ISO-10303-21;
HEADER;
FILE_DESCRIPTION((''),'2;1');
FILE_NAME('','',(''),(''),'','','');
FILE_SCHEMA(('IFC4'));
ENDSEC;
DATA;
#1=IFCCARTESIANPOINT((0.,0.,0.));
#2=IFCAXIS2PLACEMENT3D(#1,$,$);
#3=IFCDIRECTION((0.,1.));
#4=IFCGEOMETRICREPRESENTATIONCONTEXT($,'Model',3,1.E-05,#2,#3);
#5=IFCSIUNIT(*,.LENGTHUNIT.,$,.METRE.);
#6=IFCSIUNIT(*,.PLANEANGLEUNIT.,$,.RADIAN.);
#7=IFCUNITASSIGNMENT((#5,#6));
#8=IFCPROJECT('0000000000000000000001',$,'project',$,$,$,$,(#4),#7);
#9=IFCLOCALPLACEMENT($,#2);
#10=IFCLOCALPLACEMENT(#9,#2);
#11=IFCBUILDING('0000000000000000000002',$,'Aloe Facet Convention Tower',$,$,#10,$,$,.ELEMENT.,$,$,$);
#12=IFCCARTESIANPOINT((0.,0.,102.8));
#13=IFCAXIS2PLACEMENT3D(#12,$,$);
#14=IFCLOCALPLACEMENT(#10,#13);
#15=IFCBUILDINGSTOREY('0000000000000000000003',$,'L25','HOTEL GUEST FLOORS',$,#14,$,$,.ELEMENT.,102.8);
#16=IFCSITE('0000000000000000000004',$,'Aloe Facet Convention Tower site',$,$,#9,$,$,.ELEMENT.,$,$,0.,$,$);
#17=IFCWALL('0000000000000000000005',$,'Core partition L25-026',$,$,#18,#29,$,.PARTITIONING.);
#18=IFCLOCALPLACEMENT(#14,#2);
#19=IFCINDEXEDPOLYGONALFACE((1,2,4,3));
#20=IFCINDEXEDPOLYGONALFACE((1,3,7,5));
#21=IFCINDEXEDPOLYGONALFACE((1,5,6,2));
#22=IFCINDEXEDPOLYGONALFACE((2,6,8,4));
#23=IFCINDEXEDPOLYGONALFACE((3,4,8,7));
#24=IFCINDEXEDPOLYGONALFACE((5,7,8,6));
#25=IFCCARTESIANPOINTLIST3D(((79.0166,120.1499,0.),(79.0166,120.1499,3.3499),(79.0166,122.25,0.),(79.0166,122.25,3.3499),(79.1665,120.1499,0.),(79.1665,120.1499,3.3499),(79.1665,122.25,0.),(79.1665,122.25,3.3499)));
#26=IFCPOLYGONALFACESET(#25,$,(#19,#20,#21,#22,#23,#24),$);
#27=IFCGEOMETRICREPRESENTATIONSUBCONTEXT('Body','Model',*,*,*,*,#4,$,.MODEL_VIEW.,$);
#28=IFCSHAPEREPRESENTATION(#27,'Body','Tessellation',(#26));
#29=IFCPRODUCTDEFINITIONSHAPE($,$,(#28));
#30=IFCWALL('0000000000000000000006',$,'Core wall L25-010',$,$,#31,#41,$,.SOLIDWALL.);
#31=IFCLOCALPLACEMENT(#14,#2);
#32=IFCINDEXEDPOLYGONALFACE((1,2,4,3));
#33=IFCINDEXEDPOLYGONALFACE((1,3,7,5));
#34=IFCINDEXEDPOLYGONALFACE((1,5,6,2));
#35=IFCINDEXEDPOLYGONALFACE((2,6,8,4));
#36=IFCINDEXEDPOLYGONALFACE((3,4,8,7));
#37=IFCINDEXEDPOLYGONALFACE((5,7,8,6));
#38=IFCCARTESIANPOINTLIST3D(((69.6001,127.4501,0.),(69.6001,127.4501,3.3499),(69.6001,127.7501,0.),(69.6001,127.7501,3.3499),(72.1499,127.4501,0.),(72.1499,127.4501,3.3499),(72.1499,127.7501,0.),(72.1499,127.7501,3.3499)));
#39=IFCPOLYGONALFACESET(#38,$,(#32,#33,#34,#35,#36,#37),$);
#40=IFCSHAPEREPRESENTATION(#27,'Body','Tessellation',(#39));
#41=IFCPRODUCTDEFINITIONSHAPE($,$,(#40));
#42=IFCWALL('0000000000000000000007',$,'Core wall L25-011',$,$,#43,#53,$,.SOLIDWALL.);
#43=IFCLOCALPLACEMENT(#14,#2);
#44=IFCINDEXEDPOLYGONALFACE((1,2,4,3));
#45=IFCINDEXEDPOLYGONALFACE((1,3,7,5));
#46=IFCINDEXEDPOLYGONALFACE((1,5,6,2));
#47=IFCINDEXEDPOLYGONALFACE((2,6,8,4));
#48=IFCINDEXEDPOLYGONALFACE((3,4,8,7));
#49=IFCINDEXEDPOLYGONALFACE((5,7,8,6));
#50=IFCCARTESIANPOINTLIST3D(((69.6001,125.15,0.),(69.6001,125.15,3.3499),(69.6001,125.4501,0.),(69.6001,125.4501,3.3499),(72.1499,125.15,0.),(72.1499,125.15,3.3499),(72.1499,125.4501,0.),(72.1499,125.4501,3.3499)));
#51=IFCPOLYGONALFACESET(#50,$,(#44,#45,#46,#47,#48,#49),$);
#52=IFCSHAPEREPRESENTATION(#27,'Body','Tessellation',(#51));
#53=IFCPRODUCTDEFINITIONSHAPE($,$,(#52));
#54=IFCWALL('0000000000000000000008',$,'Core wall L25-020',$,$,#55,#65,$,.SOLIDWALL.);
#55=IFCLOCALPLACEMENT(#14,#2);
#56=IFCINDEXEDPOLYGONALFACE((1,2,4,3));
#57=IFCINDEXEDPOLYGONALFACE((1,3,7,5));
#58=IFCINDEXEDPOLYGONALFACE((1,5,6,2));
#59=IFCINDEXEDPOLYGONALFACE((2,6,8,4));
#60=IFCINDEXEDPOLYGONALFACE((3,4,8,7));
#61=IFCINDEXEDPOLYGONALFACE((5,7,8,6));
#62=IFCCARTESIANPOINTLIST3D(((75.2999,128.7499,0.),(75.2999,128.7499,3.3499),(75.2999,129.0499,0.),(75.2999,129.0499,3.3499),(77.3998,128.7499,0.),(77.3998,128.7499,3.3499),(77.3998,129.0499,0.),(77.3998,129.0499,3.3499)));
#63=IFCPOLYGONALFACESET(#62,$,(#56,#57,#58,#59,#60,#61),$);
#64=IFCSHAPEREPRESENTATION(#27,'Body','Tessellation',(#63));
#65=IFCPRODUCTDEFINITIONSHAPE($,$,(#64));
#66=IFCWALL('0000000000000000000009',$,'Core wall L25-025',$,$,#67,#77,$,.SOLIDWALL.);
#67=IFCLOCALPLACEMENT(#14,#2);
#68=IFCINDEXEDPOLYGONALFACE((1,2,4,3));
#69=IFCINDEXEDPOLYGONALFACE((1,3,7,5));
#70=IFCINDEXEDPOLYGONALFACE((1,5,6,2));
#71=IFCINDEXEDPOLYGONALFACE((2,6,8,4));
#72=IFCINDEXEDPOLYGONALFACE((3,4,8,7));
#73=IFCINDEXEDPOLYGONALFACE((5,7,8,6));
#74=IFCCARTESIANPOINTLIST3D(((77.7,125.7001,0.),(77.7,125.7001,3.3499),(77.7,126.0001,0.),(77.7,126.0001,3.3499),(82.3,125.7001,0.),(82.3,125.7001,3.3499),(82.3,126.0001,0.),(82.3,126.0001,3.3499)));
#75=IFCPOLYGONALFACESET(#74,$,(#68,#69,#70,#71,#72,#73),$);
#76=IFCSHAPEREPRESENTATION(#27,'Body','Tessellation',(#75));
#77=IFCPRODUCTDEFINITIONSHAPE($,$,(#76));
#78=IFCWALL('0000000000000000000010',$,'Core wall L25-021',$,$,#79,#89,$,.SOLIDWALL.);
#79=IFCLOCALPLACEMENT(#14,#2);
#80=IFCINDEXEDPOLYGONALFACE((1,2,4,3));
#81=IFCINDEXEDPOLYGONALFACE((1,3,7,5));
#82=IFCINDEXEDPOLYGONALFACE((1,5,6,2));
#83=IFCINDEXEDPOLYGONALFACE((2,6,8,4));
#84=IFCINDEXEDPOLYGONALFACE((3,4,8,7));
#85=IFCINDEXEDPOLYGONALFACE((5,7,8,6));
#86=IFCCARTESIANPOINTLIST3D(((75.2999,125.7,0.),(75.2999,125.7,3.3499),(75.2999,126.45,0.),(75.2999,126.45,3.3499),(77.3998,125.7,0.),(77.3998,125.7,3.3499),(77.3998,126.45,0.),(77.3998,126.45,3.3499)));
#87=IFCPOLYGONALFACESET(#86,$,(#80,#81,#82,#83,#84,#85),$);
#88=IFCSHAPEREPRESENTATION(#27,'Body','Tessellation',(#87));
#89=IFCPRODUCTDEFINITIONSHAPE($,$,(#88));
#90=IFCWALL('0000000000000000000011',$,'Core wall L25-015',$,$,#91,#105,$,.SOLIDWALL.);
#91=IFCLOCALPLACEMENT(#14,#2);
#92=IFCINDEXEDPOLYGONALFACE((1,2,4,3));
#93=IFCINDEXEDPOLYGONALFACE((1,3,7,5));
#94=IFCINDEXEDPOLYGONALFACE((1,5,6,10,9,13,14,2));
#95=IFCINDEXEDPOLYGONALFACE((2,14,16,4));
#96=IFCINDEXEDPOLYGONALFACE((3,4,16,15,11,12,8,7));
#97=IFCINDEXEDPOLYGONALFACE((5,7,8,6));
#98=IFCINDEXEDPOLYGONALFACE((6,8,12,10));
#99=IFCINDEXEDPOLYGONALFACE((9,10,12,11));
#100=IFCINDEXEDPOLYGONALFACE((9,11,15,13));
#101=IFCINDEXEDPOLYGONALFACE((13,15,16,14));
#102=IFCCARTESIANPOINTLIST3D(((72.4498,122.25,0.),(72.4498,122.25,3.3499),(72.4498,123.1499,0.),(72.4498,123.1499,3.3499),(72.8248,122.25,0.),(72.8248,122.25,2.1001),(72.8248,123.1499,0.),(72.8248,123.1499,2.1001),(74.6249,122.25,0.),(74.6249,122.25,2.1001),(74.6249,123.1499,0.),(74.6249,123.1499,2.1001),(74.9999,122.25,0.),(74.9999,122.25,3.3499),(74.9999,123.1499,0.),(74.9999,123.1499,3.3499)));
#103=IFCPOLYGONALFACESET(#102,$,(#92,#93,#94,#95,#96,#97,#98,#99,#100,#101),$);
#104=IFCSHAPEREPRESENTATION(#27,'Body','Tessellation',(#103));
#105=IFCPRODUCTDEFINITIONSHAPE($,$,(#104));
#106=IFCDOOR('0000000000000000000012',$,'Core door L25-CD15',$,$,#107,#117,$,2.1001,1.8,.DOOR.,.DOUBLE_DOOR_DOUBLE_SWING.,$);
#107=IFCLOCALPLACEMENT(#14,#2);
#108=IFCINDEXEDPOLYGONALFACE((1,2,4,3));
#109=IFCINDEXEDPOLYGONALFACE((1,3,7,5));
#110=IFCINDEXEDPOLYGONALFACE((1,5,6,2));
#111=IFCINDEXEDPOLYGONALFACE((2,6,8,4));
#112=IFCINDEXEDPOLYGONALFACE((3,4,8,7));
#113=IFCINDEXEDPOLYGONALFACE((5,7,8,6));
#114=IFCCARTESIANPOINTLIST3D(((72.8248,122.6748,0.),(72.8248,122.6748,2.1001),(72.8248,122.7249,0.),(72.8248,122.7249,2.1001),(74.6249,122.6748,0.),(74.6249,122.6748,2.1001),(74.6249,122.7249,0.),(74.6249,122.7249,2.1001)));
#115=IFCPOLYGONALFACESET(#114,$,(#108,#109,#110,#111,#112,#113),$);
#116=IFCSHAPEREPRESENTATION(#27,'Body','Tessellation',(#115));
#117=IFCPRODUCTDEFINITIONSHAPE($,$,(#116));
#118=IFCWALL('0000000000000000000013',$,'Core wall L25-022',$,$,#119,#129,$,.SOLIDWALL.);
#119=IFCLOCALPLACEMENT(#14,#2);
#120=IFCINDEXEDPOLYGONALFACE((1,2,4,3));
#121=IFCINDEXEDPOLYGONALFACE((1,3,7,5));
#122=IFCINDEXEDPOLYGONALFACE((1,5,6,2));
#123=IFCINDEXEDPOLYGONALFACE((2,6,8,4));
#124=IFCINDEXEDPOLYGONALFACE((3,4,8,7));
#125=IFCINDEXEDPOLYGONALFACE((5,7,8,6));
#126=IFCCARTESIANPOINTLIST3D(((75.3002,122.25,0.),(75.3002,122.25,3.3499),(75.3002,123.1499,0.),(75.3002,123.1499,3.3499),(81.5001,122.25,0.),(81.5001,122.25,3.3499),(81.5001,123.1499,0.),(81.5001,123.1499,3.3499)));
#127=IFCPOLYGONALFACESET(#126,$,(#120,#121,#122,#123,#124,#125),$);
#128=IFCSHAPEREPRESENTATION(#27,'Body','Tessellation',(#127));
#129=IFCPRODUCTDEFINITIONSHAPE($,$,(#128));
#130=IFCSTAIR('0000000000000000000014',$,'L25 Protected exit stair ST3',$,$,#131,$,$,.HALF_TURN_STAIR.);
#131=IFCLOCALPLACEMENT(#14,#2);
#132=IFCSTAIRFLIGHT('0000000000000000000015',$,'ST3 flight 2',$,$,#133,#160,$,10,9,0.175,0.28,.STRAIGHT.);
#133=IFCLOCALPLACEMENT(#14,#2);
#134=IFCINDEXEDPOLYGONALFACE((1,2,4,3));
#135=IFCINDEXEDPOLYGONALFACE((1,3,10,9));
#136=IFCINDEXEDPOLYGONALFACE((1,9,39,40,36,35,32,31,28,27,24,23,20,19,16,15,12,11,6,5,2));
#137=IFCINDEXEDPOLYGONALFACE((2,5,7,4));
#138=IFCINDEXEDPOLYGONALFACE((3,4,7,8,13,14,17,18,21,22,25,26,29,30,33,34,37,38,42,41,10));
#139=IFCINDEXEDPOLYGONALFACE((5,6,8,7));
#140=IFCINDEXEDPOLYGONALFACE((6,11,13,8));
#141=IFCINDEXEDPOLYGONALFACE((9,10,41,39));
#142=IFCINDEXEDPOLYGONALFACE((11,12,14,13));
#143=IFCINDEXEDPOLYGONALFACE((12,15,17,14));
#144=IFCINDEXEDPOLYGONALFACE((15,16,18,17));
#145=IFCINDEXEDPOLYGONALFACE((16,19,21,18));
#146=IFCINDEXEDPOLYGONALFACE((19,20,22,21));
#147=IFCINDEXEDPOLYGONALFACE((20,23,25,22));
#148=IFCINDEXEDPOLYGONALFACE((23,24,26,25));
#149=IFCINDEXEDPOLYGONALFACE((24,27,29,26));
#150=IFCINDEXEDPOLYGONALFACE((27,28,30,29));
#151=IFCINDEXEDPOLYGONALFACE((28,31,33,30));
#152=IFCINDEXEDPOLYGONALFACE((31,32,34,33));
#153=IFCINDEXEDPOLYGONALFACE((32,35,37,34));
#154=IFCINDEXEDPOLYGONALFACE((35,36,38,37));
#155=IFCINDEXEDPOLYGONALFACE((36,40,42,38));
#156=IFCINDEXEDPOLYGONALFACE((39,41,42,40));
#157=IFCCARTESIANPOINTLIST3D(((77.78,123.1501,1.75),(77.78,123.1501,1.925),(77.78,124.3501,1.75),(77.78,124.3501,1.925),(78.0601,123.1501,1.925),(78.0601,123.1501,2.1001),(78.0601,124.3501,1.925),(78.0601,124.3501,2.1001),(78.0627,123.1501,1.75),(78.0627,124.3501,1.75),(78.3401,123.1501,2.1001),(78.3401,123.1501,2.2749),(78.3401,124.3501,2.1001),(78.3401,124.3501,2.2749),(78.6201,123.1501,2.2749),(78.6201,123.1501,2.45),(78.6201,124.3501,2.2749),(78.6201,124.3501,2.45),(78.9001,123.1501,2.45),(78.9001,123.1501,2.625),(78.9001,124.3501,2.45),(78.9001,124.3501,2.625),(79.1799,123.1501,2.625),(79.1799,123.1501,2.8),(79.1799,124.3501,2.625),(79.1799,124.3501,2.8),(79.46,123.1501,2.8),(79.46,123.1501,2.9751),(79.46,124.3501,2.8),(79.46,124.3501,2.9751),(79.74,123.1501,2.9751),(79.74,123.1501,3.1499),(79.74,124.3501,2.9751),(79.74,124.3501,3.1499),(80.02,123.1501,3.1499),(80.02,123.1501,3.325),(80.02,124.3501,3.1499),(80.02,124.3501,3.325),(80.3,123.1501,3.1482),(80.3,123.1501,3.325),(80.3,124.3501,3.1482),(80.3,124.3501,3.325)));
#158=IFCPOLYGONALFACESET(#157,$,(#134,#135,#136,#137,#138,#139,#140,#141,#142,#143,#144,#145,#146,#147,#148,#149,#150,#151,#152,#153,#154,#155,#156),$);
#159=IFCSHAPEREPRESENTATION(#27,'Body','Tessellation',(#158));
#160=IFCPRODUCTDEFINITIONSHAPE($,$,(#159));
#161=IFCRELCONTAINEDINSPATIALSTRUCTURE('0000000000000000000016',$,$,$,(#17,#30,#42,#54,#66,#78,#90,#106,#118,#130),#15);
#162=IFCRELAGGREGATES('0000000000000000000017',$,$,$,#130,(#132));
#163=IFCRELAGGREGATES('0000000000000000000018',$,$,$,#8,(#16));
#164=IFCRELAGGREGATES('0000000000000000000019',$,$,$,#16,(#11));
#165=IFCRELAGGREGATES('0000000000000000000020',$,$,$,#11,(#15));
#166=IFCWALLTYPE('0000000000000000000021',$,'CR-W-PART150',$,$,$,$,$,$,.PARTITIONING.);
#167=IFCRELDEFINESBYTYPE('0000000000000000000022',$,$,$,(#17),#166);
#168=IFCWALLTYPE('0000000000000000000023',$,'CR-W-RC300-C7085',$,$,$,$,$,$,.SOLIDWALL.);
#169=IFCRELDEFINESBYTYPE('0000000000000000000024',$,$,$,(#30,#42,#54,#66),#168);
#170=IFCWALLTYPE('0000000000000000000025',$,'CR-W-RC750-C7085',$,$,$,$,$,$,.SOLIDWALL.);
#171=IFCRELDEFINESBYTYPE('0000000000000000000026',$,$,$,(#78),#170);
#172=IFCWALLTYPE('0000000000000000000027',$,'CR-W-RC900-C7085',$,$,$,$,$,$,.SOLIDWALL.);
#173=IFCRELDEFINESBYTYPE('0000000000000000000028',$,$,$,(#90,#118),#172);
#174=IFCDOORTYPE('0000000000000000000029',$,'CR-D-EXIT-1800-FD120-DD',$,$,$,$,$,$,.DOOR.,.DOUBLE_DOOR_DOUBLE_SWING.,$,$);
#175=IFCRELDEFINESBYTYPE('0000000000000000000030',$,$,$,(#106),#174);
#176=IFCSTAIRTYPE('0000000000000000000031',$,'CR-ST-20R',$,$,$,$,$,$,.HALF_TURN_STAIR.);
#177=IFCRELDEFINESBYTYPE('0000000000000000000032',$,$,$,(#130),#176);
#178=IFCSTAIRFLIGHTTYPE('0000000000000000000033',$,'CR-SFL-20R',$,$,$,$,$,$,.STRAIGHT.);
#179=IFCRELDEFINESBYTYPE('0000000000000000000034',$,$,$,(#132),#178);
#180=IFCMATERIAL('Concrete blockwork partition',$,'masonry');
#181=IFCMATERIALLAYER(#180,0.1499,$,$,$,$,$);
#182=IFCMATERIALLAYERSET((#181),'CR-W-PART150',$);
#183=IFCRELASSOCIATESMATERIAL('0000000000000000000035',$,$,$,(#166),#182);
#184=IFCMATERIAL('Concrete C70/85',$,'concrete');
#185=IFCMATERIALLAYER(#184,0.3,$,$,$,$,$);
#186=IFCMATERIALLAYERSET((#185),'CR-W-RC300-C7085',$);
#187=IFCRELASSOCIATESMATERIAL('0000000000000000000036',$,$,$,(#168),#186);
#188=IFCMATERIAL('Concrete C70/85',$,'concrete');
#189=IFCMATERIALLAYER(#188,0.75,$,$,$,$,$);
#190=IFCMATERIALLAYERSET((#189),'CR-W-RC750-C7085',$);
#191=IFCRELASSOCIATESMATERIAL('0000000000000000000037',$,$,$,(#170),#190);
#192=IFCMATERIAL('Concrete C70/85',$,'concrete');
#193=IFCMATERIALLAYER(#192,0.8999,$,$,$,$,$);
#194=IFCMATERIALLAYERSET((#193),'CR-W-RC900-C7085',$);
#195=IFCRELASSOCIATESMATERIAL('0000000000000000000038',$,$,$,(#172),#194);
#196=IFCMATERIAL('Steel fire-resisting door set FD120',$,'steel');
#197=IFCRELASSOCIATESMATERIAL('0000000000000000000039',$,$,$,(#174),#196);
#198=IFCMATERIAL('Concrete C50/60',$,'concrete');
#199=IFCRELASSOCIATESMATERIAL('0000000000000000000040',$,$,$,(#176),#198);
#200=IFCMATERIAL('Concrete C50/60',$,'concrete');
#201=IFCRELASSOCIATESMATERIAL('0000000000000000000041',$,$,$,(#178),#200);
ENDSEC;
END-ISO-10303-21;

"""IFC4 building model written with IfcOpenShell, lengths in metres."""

from ifc_helpers import new_model, si_unit, direction, frame, frame_2d, origin, place, context, subcontext, project, spatial, polyline, rectangle, outline, extrude, material, layer, layer_set, type_object, element, fill, aggregate, save


model = new_model("IFC4")

# Units and contexts
model_context = context("Model", 3, precision=1e-05, world=origin(), true_north=direction((0.0, 1.0)))
body_context = subcontext(model_context, "Body", "Model", "MODEL_VIEW")
ifc_project = project(units=[si_unit("LENGTHUNIT", "METRE"), si_unit("PLANEANGLEUNIT", "RADIAN")], contexts=[model_context])

# Site, building, storey
site_placement = place(None, origin())
site = spatial("IfcSite", under=ifc_project, at=site_placement, Name="Aloe Facet Convention Tower site", CompositionType="ELEMENT", RefElevation=0.0)
building_placement = place(site_placement, origin())
building = spatial("IfcBuilding", under=site, at=building_placement, Name="Aloe Facet Convention Tower", CompositionType="ELEMENT")
storey_placement = place(building_placement, frame((0.0, 0.0, 102.8)))
storey = spatial("IfcBuildingStorey", under=building, at=storey_placement, Name="L25", Description="HOTEL GUEST FLOORS", CompositionType="ELEMENT", Elevation=102.8)

# Walls
ifc_material_1 = material(Name="Concrete blockwork partition", Category="masonry")
ifc_layer_1 = layer(ifc_material_1, 0.1499)
ifc_layer_set_1 = layer_set([ifc_layer_1], Name="CR-W-PART150")
wall_type_1 = type_object("IfcWallType", Name="CR-W-PART150", PredefinedType="PARTITIONING", material=ifc_layer_set_1)
wall_1_placement = place(storey_placement, frame((79.0916, 122.25, 0.0), z_axis=(0.0, 0.0, 1.0), x_axis=(0.0, -1.0, 0.0)))
element("IfcWall", 1, at=wall_1_placement, inside=storey, type_object=wall_type_1, Name="Core partition L25-026", PredefinedType="PARTITIONING", context=body_context, shape_type="SweptSolid", body=[
    extrude(rectangle(XDim=2.1001, YDim=0.1499, at=frame_2d((1.05, 0.0))), origin(), (0.0, 0.0, 1.0), 3.3499),
])
ifc_material_2 = material(Name="Concrete C70/85", Category="concrete")
ifc_layer_2 = layer(ifc_material_2, 0.3)
ifc_layer_set_2 = layer_set([ifc_layer_2], Name="CR-W-RC300-C7085")
wall_type_2 = type_object("IfcWallType", Name="CR-W-RC300-C7085", PredefinedType="SOLIDWALL", material=ifc_layer_set_2)
for number, where, z_axis, x_axis, name in (
    (2, (69.6001, 127.6001, 0.0), (0.0, 0.0, 1.0), (1.0, 0.0, 0.0), "Core wall L25-010"),
    (3, (69.6001, 125.3, 0.0), (0.0, 0.0, 1.0), (1.0, 0.0, 0.0), "Core wall L25-011"),
):
    element("IfcWall", number, at=place(storey_placement, frame(where, z_axis=z_axis, x_axis=x_axis)), inside=storey, type_object=wall_type_2, Name=name, PredefinedType="SOLIDWALL", context=body_context, shape_type="SweptSolid", body=[
        extrude(rectangle(XDim=2.5498, YDim=0.3, at=frame_2d((1.2749, 0.0))), origin(), (0.0, 0.0, 1.0), 3.3499),
    ])
wall_2_placement = place(storey_placement, frame((75.3, 128.8999, 0.0), z_axis=(0.0, 0.0, 1.0), x_axis=(1.0, 0.0, 0.0)))
element("IfcWall", 4, at=wall_2_placement, inside=storey, type_object=wall_type_2, Name="Core wall L25-020", PredefinedType="SOLIDWALL", context=body_context, shape_type="SweptSolid", body=[
    extrude(rectangle(XDim=2.0999, YDim=0.3, at=frame_2d((1.0498, 0.0))), origin(), (0.0, 0.0, 1.0), 3.3499),
])
wall_3_placement = place(storey_placement, frame((77.7, 125.8501, 0.0), z_axis=(0.0, 0.0, 1.0), x_axis=(1.0, 0.0, 0.0)))
element("IfcWall", 5, at=wall_3_placement, inside=storey, type_object=wall_type_2, Name="Core wall L25-025", PredefinedType="SOLIDWALL", context=body_context, shape_type="SweptSolid", body=[
    extrude(rectangle(XDim=4.6001, YDim=0.3, at=frame_2d((2.3, 0.0))), origin(), (0.0, 0.0, 1.0), 3.3499),
])
ifc_material_3 = material(Name="Concrete C70/85", Category="concrete")
ifc_layer_3 = layer(ifc_material_3, 0.75)
ifc_layer_set_3 = layer_set([ifc_layer_3], Name="CR-W-RC750-C7085")
wall_type_3 = type_object("IfcWallType", Name="CR-W-RC750-C7085", PredefinedType="SOLIDWALL", material=ifc_layer_set_3)
wall_4_placement = place(storey_placement, frame((75.3, 126.075, 0.0), z_axis=(0.0, 0.0, 1.0), x_axis=(1.0, 0.0, 0.0)))
element("IfcWall", 6, at=wall_4_placement, inside=storey, type_object=wall_type_3, Name="Core wall L25-021", PredefinedType="SOLIDWALL", context=body_context, shape_type="SweptSolid", body=[
    extrude(rectangle(XDim=2.0999, YDim=0.75, at=frame_2d((1.0498, 0.0))), origin(), (0.0, 0.0, 1.0), 3.3499),
])

# Wall, opening, door
ifc_material_4 = material(Name="Concrete C70/85", Category="concrete")
ifc_layer_4 = layer(ifc_material_4, 0.8999)
ifc_layer_set_4 = layer_set([ifc_layer_4], Name="CR-W-RC900-C7085")
wall_type_4 = type_object("IfcWallType", Name="CR-W-RC900-C7085", PredefinedType="SOLIDWALL", material=ifc_layer_set_4)
wall_5_placement = place(storey_placement, frame((72.45, 122.7, 0.0), z_axis=(0.0, 0.0, 1.0), x_axis=(1.0, 0.0, 0.0)))
wall_5 = element("IfcWall", 7, at=wall_5_placement, inside=storey, type_object=wall_type_4, Name="Core wall L25-015", PredefinedType="SOLIDWALL", context=body_context, shape_type="SweptSolid", body=[
    extrude(rectangle(XDim=2.55, YDim=0.8999, at=frame_2d((1.2749, 0.0))), origin(), (0.0, 0.0, 1.0), 3.3499),
])
opening_placement = place(wall_5_placement, frame((0.375, 0.0, 0.0)))
opening = element("IfcOpeningElement", 8, at=opening_placement, cuts=wall_5, PredefinedType="OPENING", context=body_context, shape_type="SweptSolid", body=[
    extrude(rectangle(XDim=1.8, YDim=2.1001, at=frame_2d((0.8999, 1.05))), frame((0.0, 0.46, 0.0), z_axis=(0.0, -1.0, 0.0), x_axis=(1.0, 0.0, 0.0)), (0.0, 0.0, 1.0), 0.9199),
])
ifc_material_5 = material(Name="Steel fire-resisting door set FD120", Category="steel")
door_type = type_object("IfcDoorType", Name="CR-D-EXIT-1800-FD120-DD", OperationType="DOUBLE_DOOR_DOUBLE_SWING", PredefinedType="DOOR", material=ifc_material_5)
door_placement = place(opening_placement, origin())
door = element("IfcDoor", 9, at=door_placement, inside=storey, type_object=door_type, Name="Core door L25-CD15", OperationType="DOUBLE_DOOR_DOUBLE_SWING", OverallHeight=2.1001, OverallWidth=1.8, PredefinedType="DOOR", context=body_context, shape_type="SweptSolid", body=[
    extrude(rectangle(XDim=1.8, YDim=2.1001, at=frame_2d((0.8999, 1.05))), frame((0.0, 0.0249, 0.0), z_axis=(0.0, -1.0, 0.0), x_axis=(1.0, 0.0, 0.0)), (0.0, 0.0, 1.0), 0.05),
])
fill(opening, door)

# Wall
wall_6_placement = place(storey_placement, frame((75.3, 122.7, 0.0), z_axis=(0.0, 0.0, 1.0), x_axis=(1.0, 0.0, 0.0)))
element("IfcWall", 10, at=wall_6_placement, inside=storey, type_object=wall_type_4, Name="Core wall L25-022", PredefinedType="SOLIDWALL", context=body_context, shape_type="SweptSolid", body=[
    extrude(rectangle(XDim=6.2, YDim=0.8999, at=frame_2d((3.1001, 0.0))), origin(), (0.0, 0.0, 1.0), 3.3499),
])

# Stair, stair flight
ifc_material_6 = material(Name="Concrete C50/60", Category="concrete")
stair_type = type_object("IfcStairType", Name="CR-ST-20R", PredefinedType="HALF_TURN_STAIR", material=ifc_material_6)
stair_placement = place(storey_placement, origin())
stair = element("IfcStair", 11, at=stair_placement, inside=storey, type_object=stair_type, Name="L25 Protected exit stair ST3", PredefinedType="HALF_TURN_STAIR")
ifc_material_7 = material(Name="Concrete C50/60", Category="concrete")
stair_flight_type = type_object("IfcStairFlightType", Name="CR-SFL-20R", PredefinedType="STRAIGHT", material=ifc_material_7)
stair_flight_placement = place(storey_placement, frame((77.78, 123.75, 1.75), z_axis=(0.0, 0.0, 1.0), x_axis=(1.0, 0.0, 0.0)))
stair_flight = element("IfcStairFlight", 12, at=stair_flight_placement, type_object=stair_flight_type, Name="ST3 flight 2", NumberOfRisers=10, NumberOfTreads=9, PredefinedType="STRAIGHT", RiserHeight=0.175, TreadLength=0.28, context=body_context, shape_type="SweptSolid", body=[
    extrude(outline(polyline([(0.0, 0.0), (0.0, 0.175), (0.28, 0.175), (0.28, 0.3501), (0.5601, 0.3501), (0.5601, 0.5249), (0.8401, 0.5249), (0.8401, 0.7), (1.1201, 0.7), (1.1201, 0.875), (1.3999, 0.875), (1.3999, 1.05), (1.6799, 1.05), (1.6799, 1.2251), (1.96, 1.2251), (1.96, 1.3999), (2.24, 1.3999), (2.24, 1.575), (2.52, 1.575), (2.52, 1.75), (2.52, 1.3982), (0.2827, 0.0), (0.0, 0.0)])), frame((0.0, 0.6001, 0.0), z_axis=(0.0, -1.0, 0.0), x_axis=(1.0, 0.0, 0.0)), (0.0, 0.0, 1.0), 1.2),
])
aggregate(stair, [stair_flight])

save(model, "model.ifc")
